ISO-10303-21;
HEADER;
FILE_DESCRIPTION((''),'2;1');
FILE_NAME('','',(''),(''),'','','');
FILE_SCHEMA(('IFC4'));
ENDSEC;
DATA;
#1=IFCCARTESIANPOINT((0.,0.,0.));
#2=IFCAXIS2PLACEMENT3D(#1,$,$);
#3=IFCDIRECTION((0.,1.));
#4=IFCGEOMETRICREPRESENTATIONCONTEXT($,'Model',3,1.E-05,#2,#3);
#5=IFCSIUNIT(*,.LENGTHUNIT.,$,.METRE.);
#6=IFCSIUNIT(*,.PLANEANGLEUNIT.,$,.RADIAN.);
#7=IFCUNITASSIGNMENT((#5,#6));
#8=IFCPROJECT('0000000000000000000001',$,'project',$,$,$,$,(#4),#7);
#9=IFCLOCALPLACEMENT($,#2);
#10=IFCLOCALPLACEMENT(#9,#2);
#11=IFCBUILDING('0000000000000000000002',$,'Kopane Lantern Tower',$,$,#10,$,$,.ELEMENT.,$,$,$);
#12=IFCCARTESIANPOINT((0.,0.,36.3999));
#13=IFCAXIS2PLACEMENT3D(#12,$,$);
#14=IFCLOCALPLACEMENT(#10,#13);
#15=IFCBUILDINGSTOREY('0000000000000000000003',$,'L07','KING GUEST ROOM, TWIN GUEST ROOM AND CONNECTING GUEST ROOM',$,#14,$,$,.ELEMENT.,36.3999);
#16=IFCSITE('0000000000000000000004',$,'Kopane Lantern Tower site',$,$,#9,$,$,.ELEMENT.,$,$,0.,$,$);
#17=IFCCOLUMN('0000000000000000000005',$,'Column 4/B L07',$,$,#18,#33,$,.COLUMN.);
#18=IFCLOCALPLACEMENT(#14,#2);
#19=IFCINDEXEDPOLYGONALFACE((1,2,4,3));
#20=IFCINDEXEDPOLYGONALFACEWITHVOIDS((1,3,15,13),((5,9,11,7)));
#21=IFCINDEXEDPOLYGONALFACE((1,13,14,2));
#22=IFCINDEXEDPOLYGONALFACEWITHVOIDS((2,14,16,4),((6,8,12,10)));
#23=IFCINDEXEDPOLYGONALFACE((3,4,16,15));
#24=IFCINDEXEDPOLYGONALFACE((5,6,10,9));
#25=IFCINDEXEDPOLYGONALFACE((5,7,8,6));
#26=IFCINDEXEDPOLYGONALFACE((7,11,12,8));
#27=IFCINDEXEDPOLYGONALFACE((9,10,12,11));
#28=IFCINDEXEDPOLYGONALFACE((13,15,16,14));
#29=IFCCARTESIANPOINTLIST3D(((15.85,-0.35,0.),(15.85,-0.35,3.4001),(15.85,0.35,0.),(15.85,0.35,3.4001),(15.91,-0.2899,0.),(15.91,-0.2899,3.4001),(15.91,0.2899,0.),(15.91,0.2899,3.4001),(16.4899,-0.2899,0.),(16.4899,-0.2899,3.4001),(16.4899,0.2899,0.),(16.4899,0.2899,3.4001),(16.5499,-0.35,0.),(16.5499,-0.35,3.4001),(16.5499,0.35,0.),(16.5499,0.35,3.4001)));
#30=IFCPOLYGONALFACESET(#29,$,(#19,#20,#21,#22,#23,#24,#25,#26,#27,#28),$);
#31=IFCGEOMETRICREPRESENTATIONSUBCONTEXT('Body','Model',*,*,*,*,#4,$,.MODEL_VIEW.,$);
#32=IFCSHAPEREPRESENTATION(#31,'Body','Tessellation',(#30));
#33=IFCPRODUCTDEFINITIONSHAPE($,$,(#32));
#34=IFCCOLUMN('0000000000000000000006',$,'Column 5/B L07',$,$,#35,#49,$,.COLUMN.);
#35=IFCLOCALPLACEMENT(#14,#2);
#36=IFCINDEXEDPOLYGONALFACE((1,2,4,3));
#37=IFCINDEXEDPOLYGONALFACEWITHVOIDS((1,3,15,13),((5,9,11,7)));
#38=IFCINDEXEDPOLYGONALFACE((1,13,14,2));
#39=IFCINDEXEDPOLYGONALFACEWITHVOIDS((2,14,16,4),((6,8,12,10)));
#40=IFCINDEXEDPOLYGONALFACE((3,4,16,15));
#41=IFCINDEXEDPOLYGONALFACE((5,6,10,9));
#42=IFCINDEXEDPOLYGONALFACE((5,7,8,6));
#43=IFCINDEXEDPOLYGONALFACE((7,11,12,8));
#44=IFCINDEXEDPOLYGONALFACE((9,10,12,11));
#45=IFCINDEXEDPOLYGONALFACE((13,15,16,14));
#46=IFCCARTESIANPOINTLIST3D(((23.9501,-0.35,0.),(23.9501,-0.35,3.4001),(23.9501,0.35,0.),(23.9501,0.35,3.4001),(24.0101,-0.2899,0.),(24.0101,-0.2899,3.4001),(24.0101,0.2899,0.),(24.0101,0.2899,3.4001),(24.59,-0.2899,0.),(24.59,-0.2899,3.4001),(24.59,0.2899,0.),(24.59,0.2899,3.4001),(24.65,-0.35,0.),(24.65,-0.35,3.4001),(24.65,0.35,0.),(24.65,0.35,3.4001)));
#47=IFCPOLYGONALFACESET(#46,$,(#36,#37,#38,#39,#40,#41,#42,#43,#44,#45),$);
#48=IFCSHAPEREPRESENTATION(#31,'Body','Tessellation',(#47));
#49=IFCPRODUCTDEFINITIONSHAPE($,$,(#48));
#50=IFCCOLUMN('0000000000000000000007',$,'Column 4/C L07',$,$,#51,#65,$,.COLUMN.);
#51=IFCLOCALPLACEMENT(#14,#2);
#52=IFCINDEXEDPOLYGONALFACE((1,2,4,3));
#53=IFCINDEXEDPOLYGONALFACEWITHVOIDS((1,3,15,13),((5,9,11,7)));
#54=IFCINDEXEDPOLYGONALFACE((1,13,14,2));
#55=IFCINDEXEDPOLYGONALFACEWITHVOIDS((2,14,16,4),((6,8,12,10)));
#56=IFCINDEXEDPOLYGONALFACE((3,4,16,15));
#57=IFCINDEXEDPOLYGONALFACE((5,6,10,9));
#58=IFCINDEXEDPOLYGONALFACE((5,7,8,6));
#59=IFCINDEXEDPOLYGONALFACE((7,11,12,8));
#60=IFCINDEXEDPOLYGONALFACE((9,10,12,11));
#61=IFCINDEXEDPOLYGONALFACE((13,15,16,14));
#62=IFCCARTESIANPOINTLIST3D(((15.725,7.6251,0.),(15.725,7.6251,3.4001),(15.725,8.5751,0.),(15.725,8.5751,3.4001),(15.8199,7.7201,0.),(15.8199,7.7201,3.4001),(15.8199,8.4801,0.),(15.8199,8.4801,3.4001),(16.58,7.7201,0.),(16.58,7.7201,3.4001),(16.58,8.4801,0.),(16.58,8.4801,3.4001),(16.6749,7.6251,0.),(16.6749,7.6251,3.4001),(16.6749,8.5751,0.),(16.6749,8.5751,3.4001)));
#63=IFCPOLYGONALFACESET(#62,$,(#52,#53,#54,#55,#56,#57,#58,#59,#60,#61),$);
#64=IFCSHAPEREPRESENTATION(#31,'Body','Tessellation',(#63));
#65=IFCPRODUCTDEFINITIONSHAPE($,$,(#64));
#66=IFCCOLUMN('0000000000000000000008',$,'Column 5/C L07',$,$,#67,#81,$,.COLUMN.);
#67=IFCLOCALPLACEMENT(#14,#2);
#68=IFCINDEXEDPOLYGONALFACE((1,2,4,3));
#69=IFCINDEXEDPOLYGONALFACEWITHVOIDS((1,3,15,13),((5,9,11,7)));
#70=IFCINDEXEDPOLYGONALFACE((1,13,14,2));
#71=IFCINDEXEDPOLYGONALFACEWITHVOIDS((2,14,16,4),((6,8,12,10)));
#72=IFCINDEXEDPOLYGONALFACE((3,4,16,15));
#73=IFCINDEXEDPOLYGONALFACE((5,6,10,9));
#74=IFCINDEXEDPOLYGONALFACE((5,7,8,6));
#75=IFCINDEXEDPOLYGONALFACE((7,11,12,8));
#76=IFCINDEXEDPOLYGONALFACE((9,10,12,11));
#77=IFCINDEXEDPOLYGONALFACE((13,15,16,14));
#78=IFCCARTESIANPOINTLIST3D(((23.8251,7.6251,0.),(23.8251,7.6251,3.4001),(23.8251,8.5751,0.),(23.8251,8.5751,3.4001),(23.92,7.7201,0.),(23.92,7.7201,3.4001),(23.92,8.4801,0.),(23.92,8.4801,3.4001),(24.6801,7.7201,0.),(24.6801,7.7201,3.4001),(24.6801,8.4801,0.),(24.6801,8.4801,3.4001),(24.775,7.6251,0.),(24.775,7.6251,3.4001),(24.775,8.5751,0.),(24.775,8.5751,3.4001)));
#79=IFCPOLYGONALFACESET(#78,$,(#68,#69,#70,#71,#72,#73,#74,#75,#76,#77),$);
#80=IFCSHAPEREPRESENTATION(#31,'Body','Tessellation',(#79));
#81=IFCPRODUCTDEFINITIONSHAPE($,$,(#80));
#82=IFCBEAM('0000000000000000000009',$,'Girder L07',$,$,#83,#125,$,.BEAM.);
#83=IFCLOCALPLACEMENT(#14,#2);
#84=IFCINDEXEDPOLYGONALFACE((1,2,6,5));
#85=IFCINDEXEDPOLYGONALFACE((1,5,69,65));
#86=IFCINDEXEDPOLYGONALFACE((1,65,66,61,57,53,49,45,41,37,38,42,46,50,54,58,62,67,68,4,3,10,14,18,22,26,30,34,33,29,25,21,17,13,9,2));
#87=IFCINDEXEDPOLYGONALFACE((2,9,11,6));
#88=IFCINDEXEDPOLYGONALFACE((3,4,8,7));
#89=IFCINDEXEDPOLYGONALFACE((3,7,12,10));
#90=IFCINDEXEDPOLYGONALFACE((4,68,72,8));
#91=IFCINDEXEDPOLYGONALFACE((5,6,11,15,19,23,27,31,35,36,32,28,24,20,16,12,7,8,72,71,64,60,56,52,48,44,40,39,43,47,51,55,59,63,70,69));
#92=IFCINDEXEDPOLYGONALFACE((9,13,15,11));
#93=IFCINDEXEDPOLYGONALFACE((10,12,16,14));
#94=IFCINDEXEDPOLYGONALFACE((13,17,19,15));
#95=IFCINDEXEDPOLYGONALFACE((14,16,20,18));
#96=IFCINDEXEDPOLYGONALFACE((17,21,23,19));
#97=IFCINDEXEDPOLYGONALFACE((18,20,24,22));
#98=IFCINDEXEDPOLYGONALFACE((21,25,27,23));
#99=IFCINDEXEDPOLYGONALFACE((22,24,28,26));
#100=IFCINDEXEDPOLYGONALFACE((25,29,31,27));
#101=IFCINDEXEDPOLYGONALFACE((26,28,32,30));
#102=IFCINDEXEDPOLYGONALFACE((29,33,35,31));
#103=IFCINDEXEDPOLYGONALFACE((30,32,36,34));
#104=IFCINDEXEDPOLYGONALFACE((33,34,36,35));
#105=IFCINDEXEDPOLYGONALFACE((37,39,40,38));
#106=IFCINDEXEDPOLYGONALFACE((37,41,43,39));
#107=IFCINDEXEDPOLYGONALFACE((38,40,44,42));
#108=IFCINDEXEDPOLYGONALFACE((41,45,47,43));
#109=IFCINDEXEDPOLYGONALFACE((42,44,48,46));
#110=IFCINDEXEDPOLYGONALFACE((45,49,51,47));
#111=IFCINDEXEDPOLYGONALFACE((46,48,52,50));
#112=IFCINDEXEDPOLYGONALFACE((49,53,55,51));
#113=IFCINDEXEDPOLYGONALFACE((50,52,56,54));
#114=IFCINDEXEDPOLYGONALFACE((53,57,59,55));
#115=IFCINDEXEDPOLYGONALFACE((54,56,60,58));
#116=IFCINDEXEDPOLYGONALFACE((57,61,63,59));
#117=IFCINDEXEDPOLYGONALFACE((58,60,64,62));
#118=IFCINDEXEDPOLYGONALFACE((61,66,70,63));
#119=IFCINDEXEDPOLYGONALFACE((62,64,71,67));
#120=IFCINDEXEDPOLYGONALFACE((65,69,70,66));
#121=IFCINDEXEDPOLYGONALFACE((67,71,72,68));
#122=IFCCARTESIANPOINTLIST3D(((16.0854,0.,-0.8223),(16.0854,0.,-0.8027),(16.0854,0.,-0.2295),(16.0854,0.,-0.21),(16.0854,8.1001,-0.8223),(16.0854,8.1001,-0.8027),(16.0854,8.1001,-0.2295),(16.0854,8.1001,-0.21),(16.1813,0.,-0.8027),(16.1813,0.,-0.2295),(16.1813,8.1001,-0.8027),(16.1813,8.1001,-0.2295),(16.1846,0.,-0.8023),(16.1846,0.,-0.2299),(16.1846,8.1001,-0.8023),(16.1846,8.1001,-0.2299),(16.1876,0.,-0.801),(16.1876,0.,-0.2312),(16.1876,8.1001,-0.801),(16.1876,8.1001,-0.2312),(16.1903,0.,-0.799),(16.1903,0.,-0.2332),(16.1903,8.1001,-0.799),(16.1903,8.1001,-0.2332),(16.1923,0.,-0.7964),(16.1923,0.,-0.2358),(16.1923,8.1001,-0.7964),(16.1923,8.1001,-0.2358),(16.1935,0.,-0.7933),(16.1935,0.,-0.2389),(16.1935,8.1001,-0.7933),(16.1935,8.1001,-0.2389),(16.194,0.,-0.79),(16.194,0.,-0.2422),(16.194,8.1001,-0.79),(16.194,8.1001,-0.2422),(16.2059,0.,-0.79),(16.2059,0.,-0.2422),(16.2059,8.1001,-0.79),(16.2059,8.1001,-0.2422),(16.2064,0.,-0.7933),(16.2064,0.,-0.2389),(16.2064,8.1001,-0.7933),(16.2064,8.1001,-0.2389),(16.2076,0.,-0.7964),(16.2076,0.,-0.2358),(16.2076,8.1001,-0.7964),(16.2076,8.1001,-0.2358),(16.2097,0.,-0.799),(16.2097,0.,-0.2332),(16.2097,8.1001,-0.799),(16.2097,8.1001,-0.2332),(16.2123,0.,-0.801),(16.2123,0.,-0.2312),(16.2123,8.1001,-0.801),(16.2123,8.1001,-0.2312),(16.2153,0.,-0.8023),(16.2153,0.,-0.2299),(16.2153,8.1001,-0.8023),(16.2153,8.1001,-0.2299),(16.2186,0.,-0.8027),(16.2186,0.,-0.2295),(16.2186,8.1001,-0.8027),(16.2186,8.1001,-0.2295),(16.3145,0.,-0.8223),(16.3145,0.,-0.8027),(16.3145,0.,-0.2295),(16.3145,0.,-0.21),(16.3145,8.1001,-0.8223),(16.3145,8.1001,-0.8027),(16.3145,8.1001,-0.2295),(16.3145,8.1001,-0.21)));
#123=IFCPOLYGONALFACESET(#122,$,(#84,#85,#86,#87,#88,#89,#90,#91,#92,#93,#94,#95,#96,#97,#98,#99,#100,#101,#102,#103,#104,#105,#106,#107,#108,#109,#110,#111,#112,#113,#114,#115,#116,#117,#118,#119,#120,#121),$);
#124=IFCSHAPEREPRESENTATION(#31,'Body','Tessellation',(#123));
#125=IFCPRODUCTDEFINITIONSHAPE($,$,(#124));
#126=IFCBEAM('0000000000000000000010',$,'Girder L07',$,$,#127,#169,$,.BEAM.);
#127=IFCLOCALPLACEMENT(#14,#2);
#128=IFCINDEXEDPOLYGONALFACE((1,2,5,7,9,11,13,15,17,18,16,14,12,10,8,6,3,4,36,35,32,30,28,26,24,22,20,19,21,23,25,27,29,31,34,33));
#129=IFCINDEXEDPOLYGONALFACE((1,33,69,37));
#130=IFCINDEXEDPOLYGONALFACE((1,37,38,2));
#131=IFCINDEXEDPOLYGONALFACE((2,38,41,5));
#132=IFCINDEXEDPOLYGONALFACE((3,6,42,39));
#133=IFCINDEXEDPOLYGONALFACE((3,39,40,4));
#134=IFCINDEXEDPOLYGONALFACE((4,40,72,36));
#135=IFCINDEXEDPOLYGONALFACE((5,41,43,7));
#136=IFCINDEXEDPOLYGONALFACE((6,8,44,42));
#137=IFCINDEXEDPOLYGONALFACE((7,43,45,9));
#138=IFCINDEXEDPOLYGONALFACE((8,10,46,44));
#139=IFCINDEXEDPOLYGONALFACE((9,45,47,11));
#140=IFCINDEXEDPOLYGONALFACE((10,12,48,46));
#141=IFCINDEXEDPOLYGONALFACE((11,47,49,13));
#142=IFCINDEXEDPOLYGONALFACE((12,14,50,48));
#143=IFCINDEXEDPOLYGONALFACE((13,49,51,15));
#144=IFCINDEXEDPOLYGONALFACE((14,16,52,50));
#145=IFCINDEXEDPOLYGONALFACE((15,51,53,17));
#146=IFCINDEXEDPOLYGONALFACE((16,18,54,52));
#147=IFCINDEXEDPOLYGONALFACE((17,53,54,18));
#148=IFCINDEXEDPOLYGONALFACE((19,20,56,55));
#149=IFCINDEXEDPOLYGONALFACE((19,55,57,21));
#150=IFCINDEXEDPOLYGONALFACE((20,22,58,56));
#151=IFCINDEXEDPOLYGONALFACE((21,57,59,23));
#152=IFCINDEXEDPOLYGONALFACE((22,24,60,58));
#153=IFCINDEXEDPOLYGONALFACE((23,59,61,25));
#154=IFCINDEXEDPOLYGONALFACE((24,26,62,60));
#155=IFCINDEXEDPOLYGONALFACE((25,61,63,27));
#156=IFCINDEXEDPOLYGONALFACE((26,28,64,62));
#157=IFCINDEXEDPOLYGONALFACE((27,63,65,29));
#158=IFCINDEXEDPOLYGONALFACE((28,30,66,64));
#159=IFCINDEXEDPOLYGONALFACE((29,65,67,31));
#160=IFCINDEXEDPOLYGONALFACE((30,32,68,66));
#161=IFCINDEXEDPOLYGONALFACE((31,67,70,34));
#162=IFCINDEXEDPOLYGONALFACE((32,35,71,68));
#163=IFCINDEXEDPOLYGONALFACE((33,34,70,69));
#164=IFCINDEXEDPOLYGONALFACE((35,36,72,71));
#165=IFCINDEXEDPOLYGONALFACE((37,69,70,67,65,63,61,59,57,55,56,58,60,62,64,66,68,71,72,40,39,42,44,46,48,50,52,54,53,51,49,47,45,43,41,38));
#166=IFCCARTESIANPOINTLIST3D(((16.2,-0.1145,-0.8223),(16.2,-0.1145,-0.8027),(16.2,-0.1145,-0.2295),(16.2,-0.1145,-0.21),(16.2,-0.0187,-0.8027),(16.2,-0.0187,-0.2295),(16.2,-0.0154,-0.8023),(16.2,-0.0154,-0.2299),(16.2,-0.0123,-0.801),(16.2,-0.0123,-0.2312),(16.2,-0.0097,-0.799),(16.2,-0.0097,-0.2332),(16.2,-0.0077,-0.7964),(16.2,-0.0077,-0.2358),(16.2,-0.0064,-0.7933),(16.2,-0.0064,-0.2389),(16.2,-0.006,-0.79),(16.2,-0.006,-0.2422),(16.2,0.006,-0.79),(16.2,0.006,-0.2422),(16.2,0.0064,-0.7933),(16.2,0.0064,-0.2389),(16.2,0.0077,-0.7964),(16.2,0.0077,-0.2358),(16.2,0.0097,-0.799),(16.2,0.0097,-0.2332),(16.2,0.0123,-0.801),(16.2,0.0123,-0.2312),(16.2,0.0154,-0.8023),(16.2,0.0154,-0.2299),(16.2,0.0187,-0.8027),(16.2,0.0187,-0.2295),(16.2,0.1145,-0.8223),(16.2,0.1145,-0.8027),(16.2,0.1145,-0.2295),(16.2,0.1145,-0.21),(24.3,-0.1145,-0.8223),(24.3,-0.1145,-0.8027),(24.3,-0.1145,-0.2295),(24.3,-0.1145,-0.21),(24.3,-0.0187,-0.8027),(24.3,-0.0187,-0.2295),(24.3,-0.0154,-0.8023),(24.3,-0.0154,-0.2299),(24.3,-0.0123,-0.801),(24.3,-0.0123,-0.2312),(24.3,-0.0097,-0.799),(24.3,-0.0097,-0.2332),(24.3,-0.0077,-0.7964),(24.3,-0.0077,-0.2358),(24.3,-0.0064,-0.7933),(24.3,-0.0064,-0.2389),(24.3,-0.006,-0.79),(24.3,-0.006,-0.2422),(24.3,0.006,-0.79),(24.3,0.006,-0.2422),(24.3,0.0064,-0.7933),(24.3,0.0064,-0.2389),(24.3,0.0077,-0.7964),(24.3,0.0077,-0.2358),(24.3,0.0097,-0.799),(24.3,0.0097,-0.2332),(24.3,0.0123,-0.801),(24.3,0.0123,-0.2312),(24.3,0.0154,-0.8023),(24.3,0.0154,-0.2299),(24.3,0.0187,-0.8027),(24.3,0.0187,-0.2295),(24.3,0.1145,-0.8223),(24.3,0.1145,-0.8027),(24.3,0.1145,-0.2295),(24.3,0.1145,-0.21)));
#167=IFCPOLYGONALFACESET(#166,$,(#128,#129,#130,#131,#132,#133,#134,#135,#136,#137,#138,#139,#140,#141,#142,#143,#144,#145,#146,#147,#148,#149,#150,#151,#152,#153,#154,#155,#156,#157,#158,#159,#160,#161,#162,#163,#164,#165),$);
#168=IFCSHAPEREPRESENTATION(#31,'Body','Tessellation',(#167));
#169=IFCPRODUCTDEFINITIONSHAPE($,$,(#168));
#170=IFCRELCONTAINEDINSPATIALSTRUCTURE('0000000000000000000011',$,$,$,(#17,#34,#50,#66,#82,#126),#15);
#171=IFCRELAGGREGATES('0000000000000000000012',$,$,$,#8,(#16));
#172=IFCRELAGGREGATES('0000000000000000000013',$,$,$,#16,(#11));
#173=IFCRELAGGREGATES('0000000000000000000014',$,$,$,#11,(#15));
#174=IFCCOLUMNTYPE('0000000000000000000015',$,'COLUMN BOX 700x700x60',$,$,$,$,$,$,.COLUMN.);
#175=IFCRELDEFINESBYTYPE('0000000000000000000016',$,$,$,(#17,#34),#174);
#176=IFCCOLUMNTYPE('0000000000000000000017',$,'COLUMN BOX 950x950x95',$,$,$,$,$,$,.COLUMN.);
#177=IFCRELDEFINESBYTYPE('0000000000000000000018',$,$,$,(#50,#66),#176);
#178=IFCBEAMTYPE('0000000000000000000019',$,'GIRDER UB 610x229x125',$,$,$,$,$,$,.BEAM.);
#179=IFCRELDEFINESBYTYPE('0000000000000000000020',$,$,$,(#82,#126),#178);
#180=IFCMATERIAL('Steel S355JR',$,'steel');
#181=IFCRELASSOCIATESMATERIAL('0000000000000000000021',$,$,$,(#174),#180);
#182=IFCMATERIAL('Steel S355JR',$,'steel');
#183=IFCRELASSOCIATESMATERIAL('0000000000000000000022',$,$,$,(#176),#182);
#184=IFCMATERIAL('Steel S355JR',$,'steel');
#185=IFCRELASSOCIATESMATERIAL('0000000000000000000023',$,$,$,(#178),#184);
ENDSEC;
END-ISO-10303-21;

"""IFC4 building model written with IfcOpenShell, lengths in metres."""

from ifc_helpers import new_model, si_unit, direction, frame, origin, origin_2d, place, context, subcontext, project, spatial, hollow_rectangle, i_section, extrude, material, material_profile, profile_set, type_object, element, save


model = new_model("IFC4")

# Units and contexts
model_context = context("Model", 3, precision=1e-05, world=origin(), true_north=direction((0.0, 1.0)))
body_context = subcontext(model_context, "Body", "Model", "MODEL_VIEW")
ifc_project = project(units=[si_unit("LENGTHUNIT", "METRE"), si_unit("PLANEANGLEUNIT", "RADIAN")], contexts=[model_context])

# Site, building, storey
site_placement = place(None, origin())
site = spatial("IfcSite", under=ifc_project, at=site_placement, Name="Kopane Lantern Tower site", CompositionType="ELEMENT", RefElevation=0.0)
building_placement = place(site_placement, origin())
building = spatial("IfcBuilding", under=site, at=building_placement, Name="Kopane Lantern Tower", CompositionType="ELEMENT")
storey_placement = place(building_placement, frame((0.0, 0.0, 36.3999)))
storey = spatial("IfcBuildingStorey", under=building, at=storey_placement, Name="L07", Description="KING GUEST ROOM, TWIN GUEST ROOM AND CONNECTING GUEST ROOM", CompositionType="ELEMENT", Elevation=36.3999)

# Columns
ifc_material_1 = material(Name="Steel S355JR", Category="steel")
ifc_material_profile_1 = material_profile(ifc_material_1, hollow_rectangle(XDim=0.7, YDim=0.7, WallThickness=0.0601, at=origin_2d()), Name="BOX 700x700x60")
ifc_profile_set_1 = profile_set([ifc_material_profile_1], Name="Steel S355JR")
column_type_1 = type_object("IfcColumnType", Name="COLUMN BOX 700x700x60", PredefinedType="COLUMN", material=ifc_profile_set_1)
for number, where, z_axis, x_axis, name in (
    (1, (16.2, 0.0, 0.0), (0.0, 0.0, 1.0), (1.0, 0.0, 0.0), "Column 4/B L07"),
    (2, (24.3, 0.0, 0.0), (0.0, 0.0, 1.0), (1.0, 0.0, 0.0), "Column 5/B L07"),
):
    element("IfcColumn", number, at=place(storey_placement, frame(where, z_axis=z_axis, x_axis=x_axis)), inside=storey, type_object=column_type_1, Name=name, PredefinedType="COLUMN", context=body_context, shape_type="SweptSolid", body=[
        extrude(hollow_rectangle(XDim=0.7, YDim=0.7, WallThickness=0.0601, at=origin_2d()), origin(), (0.0, 0.0, 1.0), 3.4001),
    ])
ifc_material_2 = material(Name="Steel S355JR", Category="steel")
ifc_material_profile_2 = material_profile(ifc_material_2, hollow_rectangle(XDim=0.95, YDim=0.95, WallThickness=0.095, at=origin_2d()), Name="BOX 950x950x95")
ifc_profile_set_2 = profile_set([ifc_material_profile_2], Name="Steel S355JR")
column_type_2 = type_object("IfcColumnType", Name="COLUMN BOX 950x950x95", PredefinedType="COLUMN", material=ifc_profile_set_2)
for number, where, z_axis, x_axis, name in (
    (3, (16.2, 8.1001, 0.0), (0.0, 0.0, 1.0), (1.0, 0.0, 0.0), "Column 4/C L07"),
    (4, (24.3, 8.1001, 0.0), (0.0, 0.0, 1.0), (1.0, 0.0, 0.0), "Column 5/C L07"),
):
    element("IfcColumn", number, at=place(storey_placement, frame(where, z_axis=z_axis, x_axis=x_axis)), inside=storey, type_object=column_type_2, Name=name, PredefinedType="COLUMN", context=body_context, shape_type="SweptSolid", body=[
        extrude(hollow_rectangle(XDim=0.95, YDim=0.95, WallThickness=0.095, at=origin_2d()), origin(), (0.0, 0.0, 1.0), 3.4001),
    ])

# Beams
ifc_material_3 = material(Name="Steel S355JR", Category="steel")
ifc_material_profile_3 = material_profile(ifc_material_3, i_section(OverallWidth=0.229, OverallDepth=0.6123, WebThickness=0.012, FlangeThickness=0.0195, FilletRadius=0.0127, at=origin_2d()), Name="UB 610x229x125")
ifc_profile_set_3 = profile_set([ifc_material_profile_3], Name="Steel S355JR")
beam_type = type_object("IfcBeamType", Name="GIRDER UB 610x229x125", PredefinedType="BEAM", material=ifc_profile_set_3)
for number, where, z_axis, x_axis, name in (
    (5, (16.2, 0.0, -0.5161), (0.0, 1.0, 0.0), (-1.0, 0.0, 0.0), "Girder L07"),
    (6, (16.2, 0.0, -0.5161), (1.0, 0.0, 0.0), (0.0, 1.0, 0.0), "Girder L07"),
):
    element("IfcBeam", number, at=place(storey_placement, frame(where, z_axis=z_axis, x_axis=x_axis)), inside=storey, type_object=beam_type, Name=name, PredefinedType="BEAM", context=body_context, shape_type="SweptSolid", body=[
        extrude(i_section(OverallWidth=0.229, OverallDepth=0.6123, WebThickness=0.012, FlangeThickness=0.0195, FilletRadius=0.0127, at=origin_2d()), origin(), (0.0, 0.0, 1.0), 8.1001),
    ])

save(model, "model.ifc")
